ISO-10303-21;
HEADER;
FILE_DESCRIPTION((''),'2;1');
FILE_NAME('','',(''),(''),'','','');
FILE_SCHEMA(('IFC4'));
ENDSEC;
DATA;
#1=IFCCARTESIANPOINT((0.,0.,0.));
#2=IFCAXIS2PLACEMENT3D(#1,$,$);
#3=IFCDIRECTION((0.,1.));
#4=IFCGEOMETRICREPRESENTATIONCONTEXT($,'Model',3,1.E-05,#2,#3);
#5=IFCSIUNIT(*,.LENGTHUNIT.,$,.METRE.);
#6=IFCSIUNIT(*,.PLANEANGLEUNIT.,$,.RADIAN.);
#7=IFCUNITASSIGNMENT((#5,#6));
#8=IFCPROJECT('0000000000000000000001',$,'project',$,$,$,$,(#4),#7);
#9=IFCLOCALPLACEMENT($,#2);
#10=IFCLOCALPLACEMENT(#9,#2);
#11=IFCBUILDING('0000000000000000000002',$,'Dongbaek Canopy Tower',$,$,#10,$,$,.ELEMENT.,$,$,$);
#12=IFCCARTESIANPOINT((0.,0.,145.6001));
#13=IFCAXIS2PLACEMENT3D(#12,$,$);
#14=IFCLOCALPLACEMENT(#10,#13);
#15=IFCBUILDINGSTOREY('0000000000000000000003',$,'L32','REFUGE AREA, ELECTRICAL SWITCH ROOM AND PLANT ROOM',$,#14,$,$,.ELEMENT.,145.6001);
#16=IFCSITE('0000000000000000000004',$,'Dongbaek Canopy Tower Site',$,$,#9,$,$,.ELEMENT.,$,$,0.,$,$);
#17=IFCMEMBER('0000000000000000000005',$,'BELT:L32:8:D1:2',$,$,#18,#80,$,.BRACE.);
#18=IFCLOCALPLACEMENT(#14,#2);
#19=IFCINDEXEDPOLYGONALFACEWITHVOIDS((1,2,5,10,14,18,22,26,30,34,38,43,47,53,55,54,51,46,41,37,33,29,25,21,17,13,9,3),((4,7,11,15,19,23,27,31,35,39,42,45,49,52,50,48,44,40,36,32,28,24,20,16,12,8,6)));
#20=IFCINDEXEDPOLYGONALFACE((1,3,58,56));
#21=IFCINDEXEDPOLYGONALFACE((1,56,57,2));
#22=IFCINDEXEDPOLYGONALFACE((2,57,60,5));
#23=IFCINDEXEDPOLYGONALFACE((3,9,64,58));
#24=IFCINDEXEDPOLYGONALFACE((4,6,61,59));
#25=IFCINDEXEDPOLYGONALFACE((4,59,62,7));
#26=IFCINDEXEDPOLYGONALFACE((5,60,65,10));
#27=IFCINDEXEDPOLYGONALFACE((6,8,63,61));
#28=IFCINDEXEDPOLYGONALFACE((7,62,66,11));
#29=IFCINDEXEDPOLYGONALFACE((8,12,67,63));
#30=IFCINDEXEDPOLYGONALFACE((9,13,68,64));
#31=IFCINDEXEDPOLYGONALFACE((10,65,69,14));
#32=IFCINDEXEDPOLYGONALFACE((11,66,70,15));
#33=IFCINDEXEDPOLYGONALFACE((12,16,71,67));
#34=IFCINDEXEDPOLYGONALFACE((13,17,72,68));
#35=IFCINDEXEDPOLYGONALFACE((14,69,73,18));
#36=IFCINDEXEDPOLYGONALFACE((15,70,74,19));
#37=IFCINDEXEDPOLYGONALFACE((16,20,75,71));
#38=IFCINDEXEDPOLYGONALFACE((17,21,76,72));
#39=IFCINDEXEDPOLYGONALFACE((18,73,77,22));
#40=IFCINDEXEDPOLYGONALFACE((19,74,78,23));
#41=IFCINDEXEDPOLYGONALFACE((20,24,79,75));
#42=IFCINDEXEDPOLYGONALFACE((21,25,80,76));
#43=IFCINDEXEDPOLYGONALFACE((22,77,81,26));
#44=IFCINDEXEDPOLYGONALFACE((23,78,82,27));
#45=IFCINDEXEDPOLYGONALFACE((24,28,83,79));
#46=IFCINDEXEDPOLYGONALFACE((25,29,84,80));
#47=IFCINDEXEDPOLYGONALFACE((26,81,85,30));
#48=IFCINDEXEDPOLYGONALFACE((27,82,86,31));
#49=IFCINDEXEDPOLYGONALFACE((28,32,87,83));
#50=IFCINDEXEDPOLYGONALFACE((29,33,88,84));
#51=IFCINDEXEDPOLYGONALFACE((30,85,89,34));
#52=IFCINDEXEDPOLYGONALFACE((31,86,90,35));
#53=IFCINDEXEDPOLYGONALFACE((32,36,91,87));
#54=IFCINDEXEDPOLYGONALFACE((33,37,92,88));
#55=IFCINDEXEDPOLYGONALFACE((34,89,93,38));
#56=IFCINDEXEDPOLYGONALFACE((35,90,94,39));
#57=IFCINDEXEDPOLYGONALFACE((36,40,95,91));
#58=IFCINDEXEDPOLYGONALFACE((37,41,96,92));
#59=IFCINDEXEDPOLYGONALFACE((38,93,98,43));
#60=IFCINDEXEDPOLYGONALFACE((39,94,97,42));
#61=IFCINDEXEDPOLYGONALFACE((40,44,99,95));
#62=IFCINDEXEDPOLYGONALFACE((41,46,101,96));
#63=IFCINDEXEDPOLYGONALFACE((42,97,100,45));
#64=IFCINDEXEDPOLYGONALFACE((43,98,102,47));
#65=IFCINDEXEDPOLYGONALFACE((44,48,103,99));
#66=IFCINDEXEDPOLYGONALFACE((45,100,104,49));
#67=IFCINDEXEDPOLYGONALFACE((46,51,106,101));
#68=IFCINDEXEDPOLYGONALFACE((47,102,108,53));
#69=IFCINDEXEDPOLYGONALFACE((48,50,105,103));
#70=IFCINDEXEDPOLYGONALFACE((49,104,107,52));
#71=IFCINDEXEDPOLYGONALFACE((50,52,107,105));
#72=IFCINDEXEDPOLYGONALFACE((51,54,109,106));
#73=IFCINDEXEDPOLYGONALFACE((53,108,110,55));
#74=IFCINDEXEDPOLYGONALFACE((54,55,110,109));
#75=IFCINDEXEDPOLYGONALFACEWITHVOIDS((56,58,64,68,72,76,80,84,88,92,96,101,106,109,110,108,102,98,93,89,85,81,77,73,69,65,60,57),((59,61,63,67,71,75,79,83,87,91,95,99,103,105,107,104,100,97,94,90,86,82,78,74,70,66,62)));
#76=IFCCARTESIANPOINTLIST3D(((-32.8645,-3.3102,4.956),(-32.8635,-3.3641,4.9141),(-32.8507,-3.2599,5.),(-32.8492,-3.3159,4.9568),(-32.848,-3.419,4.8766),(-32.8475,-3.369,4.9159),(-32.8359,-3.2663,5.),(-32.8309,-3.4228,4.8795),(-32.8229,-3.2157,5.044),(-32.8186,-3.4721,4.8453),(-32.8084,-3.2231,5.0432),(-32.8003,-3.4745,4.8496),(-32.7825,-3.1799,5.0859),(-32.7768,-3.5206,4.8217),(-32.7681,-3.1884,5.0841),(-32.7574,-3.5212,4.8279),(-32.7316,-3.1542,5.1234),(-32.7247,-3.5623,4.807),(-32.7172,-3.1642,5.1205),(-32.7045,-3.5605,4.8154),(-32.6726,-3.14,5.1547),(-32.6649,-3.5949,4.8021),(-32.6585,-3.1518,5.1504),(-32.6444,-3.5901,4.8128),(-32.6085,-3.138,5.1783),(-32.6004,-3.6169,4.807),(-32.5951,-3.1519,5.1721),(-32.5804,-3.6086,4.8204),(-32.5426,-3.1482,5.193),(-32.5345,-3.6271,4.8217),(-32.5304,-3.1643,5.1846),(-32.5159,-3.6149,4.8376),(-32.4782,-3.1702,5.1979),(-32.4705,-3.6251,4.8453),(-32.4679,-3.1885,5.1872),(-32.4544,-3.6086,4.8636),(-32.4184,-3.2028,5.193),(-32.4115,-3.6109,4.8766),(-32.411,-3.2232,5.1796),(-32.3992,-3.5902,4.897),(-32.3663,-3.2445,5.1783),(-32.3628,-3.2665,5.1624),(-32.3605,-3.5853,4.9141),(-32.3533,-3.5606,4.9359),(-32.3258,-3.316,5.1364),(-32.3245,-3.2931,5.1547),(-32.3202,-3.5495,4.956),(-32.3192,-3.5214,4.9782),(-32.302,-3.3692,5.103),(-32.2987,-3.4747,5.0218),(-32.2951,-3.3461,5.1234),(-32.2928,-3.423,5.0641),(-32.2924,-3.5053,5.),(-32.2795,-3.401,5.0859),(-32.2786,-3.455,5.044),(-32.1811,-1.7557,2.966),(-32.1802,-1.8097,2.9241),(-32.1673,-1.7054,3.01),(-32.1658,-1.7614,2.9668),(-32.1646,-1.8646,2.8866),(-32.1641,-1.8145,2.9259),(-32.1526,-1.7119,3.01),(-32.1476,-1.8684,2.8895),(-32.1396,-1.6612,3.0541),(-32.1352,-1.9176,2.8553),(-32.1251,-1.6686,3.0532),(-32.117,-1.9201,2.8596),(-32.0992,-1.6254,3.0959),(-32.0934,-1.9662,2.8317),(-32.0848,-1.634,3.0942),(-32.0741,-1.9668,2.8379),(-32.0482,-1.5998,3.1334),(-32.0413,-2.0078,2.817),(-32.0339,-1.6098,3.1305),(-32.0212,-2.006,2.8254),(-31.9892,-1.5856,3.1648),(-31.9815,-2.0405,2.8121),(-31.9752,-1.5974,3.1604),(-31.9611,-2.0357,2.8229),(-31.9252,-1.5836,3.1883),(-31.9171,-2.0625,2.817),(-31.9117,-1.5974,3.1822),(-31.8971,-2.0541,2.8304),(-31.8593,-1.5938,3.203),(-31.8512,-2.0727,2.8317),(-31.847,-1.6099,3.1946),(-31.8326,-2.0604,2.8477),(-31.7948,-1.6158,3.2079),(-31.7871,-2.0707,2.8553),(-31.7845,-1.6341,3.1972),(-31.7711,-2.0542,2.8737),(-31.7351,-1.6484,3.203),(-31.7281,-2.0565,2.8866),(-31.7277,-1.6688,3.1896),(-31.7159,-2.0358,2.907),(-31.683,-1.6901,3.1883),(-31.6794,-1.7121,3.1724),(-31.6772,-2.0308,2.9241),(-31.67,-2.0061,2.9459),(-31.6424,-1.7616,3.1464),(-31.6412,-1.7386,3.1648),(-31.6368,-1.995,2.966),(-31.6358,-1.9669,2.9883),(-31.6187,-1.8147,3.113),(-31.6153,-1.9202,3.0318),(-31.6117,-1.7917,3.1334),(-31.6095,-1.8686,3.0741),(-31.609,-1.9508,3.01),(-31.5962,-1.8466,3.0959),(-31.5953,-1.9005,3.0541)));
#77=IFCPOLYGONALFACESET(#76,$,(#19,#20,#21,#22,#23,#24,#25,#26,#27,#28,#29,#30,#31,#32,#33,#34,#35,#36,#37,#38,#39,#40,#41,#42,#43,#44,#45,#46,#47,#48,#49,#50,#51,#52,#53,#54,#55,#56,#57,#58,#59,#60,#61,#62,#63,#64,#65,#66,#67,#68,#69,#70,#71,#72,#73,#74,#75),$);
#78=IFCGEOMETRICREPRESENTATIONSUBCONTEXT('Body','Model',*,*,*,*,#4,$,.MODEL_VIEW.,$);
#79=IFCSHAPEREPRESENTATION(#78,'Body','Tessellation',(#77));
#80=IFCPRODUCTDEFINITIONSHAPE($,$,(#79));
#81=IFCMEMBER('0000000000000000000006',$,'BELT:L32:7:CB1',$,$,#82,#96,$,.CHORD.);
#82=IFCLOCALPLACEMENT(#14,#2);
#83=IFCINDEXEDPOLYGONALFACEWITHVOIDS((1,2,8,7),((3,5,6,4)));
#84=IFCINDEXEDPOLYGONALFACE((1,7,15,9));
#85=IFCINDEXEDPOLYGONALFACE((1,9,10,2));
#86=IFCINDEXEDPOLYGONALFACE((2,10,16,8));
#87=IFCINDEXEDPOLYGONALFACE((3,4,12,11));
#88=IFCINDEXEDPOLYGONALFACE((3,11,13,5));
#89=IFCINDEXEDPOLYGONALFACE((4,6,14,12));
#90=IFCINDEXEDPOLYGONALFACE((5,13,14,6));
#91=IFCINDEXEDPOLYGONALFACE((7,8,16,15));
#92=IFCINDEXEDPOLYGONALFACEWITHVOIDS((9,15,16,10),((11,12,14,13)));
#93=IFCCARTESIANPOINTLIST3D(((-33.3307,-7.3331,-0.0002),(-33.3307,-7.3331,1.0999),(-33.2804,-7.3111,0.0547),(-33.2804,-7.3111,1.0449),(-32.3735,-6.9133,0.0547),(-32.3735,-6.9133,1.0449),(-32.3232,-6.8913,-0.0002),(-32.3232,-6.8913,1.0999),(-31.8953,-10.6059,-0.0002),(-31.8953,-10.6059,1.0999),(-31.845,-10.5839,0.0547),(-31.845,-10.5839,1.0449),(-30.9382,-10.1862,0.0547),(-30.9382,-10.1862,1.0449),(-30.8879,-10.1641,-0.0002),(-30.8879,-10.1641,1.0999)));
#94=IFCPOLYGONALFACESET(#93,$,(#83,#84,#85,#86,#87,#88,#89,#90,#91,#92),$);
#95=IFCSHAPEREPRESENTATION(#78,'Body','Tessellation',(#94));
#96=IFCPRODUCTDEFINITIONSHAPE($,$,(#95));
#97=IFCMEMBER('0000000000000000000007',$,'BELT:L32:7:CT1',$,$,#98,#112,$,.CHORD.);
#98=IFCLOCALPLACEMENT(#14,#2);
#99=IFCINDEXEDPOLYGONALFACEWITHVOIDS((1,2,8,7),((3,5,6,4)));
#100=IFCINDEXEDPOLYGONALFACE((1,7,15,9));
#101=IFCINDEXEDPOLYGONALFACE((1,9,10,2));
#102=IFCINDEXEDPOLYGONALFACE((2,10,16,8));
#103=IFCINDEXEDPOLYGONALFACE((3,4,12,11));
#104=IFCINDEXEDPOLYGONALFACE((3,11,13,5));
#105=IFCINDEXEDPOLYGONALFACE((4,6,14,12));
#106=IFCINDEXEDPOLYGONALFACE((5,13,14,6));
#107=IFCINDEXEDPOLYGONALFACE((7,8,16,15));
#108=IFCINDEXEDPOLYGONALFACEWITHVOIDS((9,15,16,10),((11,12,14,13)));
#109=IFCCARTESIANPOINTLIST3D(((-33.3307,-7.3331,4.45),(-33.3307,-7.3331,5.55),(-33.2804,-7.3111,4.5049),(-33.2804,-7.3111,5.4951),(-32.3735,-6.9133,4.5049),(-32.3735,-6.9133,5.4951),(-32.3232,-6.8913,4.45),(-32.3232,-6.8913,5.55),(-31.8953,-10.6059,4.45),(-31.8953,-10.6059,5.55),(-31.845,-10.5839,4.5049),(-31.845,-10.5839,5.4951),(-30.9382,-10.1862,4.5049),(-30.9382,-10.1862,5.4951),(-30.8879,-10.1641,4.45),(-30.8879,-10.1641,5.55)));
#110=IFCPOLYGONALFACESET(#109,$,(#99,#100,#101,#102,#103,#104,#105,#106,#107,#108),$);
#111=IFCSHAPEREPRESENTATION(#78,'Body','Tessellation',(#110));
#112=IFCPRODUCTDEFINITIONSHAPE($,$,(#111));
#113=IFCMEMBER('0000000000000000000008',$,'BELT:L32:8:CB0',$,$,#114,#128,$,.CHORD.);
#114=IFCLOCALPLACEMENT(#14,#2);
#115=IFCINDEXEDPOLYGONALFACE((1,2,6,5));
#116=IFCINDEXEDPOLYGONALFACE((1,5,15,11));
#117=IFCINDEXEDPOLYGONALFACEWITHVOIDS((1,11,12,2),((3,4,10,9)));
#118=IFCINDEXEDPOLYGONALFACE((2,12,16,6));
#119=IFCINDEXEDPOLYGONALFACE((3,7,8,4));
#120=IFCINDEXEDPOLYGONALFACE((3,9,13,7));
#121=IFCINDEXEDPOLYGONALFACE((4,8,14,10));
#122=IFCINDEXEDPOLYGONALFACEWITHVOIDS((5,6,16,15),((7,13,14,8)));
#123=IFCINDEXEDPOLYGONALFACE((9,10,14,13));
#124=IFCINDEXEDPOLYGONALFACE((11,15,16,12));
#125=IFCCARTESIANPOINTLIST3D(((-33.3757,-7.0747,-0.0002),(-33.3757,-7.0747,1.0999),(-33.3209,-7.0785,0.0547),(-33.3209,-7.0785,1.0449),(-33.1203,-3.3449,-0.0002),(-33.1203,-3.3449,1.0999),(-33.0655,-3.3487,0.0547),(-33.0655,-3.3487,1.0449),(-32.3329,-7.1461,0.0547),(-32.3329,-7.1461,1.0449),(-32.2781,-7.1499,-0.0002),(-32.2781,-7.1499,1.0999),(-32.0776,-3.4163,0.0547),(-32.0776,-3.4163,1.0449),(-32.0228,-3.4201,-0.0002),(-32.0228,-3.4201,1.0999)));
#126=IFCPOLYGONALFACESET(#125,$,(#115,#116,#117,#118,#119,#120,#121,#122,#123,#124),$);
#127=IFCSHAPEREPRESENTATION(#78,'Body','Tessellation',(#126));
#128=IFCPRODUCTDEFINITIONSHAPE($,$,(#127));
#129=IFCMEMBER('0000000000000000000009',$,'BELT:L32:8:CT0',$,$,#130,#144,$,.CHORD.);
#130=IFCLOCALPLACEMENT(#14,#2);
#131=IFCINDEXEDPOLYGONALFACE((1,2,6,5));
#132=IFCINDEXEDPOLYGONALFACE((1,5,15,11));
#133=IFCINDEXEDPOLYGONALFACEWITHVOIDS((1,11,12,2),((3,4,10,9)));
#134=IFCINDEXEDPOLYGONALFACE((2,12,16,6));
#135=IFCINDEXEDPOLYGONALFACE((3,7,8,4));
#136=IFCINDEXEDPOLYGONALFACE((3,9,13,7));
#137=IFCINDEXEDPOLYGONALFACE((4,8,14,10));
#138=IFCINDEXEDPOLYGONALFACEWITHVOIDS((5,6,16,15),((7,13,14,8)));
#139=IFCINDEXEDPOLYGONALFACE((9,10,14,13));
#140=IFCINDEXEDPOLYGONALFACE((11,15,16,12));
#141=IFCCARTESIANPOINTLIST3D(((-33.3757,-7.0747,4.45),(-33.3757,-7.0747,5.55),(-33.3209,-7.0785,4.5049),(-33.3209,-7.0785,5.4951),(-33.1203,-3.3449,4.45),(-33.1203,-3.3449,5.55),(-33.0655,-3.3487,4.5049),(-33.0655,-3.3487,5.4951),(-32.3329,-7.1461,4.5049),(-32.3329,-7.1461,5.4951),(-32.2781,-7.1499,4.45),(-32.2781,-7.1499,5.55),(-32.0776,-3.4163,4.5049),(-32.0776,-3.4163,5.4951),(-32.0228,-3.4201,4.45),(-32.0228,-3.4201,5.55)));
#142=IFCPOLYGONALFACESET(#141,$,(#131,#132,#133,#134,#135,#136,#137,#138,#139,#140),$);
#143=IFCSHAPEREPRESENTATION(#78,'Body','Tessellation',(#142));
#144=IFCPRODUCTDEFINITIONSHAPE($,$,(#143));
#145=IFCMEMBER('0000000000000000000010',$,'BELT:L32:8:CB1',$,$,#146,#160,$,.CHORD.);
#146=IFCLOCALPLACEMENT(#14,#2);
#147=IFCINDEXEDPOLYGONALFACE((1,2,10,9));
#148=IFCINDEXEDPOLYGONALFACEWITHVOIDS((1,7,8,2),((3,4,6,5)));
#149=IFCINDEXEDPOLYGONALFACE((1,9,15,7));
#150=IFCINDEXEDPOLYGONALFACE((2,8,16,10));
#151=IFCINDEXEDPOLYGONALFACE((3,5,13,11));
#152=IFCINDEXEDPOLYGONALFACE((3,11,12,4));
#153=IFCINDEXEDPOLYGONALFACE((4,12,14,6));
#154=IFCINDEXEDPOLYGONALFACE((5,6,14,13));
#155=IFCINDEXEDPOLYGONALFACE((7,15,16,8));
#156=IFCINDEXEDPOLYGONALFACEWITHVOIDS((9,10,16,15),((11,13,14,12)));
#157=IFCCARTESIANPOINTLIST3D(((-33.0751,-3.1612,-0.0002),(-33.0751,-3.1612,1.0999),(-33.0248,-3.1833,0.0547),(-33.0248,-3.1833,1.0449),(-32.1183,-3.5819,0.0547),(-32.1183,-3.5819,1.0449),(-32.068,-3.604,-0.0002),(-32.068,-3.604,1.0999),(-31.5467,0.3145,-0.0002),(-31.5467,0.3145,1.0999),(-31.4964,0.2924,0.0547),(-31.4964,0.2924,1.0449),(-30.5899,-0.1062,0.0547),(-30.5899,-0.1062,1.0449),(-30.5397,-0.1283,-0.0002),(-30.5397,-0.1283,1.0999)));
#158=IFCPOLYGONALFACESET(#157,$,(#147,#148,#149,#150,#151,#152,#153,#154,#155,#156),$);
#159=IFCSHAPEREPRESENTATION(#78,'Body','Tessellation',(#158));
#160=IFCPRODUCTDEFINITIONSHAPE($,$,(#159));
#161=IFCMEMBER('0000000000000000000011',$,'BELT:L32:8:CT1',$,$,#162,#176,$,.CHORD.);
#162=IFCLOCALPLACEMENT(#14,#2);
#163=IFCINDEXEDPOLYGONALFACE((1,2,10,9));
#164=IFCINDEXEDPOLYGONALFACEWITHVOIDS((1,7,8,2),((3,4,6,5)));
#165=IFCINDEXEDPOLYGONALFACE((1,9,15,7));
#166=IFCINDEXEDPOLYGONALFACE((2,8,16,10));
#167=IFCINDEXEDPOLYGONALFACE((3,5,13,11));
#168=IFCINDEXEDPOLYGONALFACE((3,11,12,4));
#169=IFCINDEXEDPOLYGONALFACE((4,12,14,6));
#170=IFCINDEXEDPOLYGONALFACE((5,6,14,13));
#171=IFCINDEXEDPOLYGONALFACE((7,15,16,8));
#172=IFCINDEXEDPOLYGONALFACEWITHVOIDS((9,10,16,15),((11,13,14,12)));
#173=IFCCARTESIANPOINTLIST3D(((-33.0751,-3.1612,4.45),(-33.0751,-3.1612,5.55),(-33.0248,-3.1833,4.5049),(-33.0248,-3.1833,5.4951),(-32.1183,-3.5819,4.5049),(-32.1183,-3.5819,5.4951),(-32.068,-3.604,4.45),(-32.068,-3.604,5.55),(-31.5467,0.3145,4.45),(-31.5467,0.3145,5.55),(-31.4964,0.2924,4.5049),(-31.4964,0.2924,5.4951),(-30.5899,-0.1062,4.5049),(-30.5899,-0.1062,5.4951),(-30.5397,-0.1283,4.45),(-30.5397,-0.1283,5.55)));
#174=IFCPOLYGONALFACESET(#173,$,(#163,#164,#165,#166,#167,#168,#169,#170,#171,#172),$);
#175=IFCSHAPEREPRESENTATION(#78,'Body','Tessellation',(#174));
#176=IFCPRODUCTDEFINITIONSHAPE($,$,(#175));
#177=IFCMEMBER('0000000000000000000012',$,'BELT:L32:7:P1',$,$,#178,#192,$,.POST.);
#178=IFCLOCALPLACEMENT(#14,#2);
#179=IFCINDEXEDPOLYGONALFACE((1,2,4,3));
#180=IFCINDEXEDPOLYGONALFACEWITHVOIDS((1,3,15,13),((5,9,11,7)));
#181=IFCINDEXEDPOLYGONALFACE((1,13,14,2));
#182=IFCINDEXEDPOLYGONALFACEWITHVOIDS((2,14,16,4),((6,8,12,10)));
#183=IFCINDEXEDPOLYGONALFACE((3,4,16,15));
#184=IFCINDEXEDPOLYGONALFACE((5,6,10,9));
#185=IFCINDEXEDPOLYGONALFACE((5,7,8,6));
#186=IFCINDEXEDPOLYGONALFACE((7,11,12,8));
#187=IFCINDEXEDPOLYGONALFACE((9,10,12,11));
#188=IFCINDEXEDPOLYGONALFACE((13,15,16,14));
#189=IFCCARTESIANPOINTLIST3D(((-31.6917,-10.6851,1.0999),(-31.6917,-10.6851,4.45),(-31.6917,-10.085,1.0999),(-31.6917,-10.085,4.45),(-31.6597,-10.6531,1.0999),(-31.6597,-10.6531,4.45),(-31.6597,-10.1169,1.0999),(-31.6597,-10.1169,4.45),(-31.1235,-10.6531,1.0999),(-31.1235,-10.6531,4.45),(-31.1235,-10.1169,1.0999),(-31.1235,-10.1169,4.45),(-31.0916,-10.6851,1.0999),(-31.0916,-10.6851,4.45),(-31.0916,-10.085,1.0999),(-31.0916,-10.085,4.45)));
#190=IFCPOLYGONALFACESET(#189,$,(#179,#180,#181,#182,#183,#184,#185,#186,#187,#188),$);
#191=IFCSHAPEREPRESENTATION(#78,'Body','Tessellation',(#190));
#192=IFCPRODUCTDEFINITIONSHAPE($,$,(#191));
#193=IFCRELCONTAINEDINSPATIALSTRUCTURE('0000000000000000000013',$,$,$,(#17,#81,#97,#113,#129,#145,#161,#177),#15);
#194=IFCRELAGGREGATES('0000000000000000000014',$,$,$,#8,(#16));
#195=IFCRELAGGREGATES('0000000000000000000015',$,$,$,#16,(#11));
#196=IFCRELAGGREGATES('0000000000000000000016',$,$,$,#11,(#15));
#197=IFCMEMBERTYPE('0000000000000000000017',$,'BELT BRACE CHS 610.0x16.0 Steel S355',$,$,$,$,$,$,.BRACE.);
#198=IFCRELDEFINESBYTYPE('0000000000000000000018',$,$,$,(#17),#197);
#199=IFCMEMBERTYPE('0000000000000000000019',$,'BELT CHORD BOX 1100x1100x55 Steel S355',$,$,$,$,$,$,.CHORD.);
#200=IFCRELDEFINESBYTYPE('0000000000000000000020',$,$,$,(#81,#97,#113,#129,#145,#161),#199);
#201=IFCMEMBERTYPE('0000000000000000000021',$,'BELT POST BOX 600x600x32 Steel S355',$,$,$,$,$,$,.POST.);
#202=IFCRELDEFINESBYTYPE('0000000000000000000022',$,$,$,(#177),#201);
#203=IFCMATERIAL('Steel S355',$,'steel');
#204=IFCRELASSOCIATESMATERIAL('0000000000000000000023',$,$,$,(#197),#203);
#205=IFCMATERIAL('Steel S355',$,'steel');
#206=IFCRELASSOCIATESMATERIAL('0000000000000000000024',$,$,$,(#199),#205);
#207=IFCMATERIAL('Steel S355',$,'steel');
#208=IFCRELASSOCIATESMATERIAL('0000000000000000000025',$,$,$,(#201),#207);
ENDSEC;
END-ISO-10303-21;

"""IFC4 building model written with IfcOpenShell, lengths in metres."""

from ifc_helpers import new_model, si_unit, direction, frame, origin, origin_2d, place, context, subcontext, project, spatial, hollow_rectangle, hollow_circle, extrude, material, material_profile, profile_set, type_object, element, save


model = new_model("IFC4")

# Units and contexts
model_context = context("Model", 3, precision=1e-05, world=origin(), true_north=direction((0.0, 1.0)))
body_context = subcontext(model_context, "Body", "Model", "MODEL_VIEW")
ifc_project = project(units=[si_unit("LENGTHUNIT", "METRE"), si_unit("PLANEANGLEUNIT", "RADIAN")], contexts=[model_context])

# Site, building, storey
site_placement = place(None, origin())
site = spatial("IfcSite", under=ifc_project, at=site_placement, Name="Dongbaek Canopy Tower Site", CompositionType="ELEMENT", RefElevation=0.0)
building_placement = place(site_placement, origin())
building = spatial("IfcBuilding", under=site, at=building_placement, Name="Dongbaek Canopy Tower", CompositionType="ELEMENT")
storey_placement = place(building_placement, frame((0.0, 0.0, 145.6001)))
storey = spatial("IfcBuildingStorey", under=building, at=storey_placement, Name="L32", Description="REFUGE AREA, ELECTRICAL SWITCH ROOM AND PLANT ROOM", CompositionType="ELEMENT", Elevation=145.6001)

# Members
ifc_material_1 = material(Name="Steel S355", Category="steel")
ifc_material_profile_1 = material_profile(ifc_material_1, hollow_circle(Radius=0.3049, WallThickness=0.0161, at=origin_2d()), Name="BELT BRACE CHS 610.0x16.0 Steel S355")
ifc_profile_set_1 = profile_set([ifc_material_profile_1], Name="Steel S355")
member_type_1 = type_object("IfcMemberType", Name="BELT BRACE CHS 610.0x16.0 Steel S355", PredefinedType="BRACE", material=ifc_profile_set_1)
member_1_placement = place(storey_placement, frame((-32.5715, -3.3826, 5.0), z_axis=(0.261222, 0.594212, -0.760707), x_axis=(-0.915446, 0.40244, 0.0)))
element("IfcMember", 1, at=member_1_placement, inside=storey, type_object=member_type_1, Name="BELT:L32:8:D1:2", PredefinedType="BRACE", context=body_context, shape_type="SweptSolid", body=[
    extrude(hollow_circle(Radius=0.3049, WallThickness=0.0161, at=origin_2d()), origin(), (0.0, 0.0, 1.0), 2.616),
])
ifc_material_2 = material(Name="Steel S355", Category="steel")
ifc_material_profile_2 = material_profile(ifc_material_2, hollow_rectangle(XDim=1.1001, YDim=1.1001, WallThickness=0.0549, at=origin_2d()), Name="BELT CHORD BOX 1100x1100x55 Steel S355")
ifc_profile_set_2 = profile_set([ifc_material_profile_2], Name="Steel S355")
member_type_2 = type_object("IfcMemberType", Name="BELT CHORD BOX 1100x1100x55 Steel S355", PredefinedType="CHORD", material=ifc_profile_set_2)
for number, where, z_axis, x_axis, name in (
    (2, (-31.3916, -10.385, 0.5498), (-0.401639, 0.915798, 0.0), (-0.915798, -0.401639, 0.0), "BELT:L32:7:CB1"),
    (3, (-31.3916, -10.385, 5.0), (-0.401639, 0.915798, 0.0), (-0.915798, -0.401639, 0.0), "BELT:L32:7:CT1"),
):
    element("IfcMember", number, at=place(storey_placement, frame(where, z_axis=z_axis, x_axis=x_axis)), inside=storey, type_object=member_type_2, Name=name, PredefinedType="CHORD", context=body_context, shape_type="SweptSolid", body=[
        extrude(hollow_rectangle(XDim=1.1001, YDim=1.1001, WallThickness=0.0549, at=origin_2d()), origin(), (0.0, 0.0, 1.0), 3.5737),
    ])
for number, where, z_axis, x_axis, name in (
    (4, (-32.8269, -7.1123, 0.5498), (0.068309, 0.997664, 0.0), (-0.997664, 0.068309, 0.0), "BELT:L32:8:CB0"),
    (5, (-32.8269, -7.1123, 5.0), (0.068309, 0.997664, 0.0), (-0.997664, 0.068309, 0.0), "BELT:L32:8:CT0"),
):
    element("IfcMember", number, at=place(storey_placement, frame(where, z_axis=z_axis, x_axis=x_axis)), inside=storey, type_object=member_type_2, Name=name, PredefinedType="CHORD", context=body_context, shape_type="SweptSolid", body=[
        extrude(hollow_rectangle(XDim=1.1001, YDim=1.1001, WallThickness=0.0549, at=origin_2d()), origin(), (0.0, 0.0, 1.0), 3.7385),
    ])
for number, where, z_axis, x_axis, name in (
    (6, (-32.5715, -3.3826, 0.5498), (0.402532, 0.915406, 0.0), (-0.915406, 0.402532, 0.0), "BELT:L32:8:CB1"),
    (7, (-32.5715, -3.3826, 5.0), (0.402532, 0.915406, 0.0), (-0.915406, 0.402532, 0.0), "BELT:L32:8:CT1"),
):
    element("IfcMember", number, at=place(storey_placement, frame(where, z_axis=z_axis, x_axis=x_axis)), inside=storey, type_object=member_type_2, Name=name, PredefinedType="CHORD", context=body_context, shape_type="SweptSolid", body=[
        extrude(hollow_rectangle(XDim=1.1001, YDim=1.1001, WallThickness=0.0549, at=origin_2d()), origin(), (0.0, 0.0, 1.0), 3.7969),
    ])
ifc_material_3 = material(Name="Steel S355", Category="steel")
ifc_material_profile_3 = material_profile(ifc_material_3, hollow_rectangle(XDim=0.6001, YDim=0.6001, WallThickness=0.032, at=origin_2d()), Name="BELT POST BOX 600x600x32 Steel S355")
ifc_profile_set_3 = profile_set([ifc_material_profile_3], Name="Steel S355")
member_type_3 = type_object("IfcMemberType", Name="BELT POST BOX 600x600x32 Steel S355", PredefinedType="POST", material=ifc_profile_set_3)
for number, where, z_axis, x_axis, name in (
    (8, (-31.3916, -10.385, 1.0999), (0.0, 0.0, 1.0), (1.0, 0.0, 0.0), "BELT:L32:7:P1"),
):
    element("IfcMember", number, at=place(storey_placement, frame(where, z_axis=z_axis, x_axis=x_axis)), inside=storey, type_object=member_type_3, Name=name, PredefinedType="POST", context=body_context, shape_type="SweptSolid", body=[
        extrude(hollow_rectangle(XDim=0.6001, YDim=0.6001, WallThickness=0.032, at=origin_2d()), origin(), (0.0, 0.0, 1.0), 3.3501),
    ])

save(model, "model.ifc")
